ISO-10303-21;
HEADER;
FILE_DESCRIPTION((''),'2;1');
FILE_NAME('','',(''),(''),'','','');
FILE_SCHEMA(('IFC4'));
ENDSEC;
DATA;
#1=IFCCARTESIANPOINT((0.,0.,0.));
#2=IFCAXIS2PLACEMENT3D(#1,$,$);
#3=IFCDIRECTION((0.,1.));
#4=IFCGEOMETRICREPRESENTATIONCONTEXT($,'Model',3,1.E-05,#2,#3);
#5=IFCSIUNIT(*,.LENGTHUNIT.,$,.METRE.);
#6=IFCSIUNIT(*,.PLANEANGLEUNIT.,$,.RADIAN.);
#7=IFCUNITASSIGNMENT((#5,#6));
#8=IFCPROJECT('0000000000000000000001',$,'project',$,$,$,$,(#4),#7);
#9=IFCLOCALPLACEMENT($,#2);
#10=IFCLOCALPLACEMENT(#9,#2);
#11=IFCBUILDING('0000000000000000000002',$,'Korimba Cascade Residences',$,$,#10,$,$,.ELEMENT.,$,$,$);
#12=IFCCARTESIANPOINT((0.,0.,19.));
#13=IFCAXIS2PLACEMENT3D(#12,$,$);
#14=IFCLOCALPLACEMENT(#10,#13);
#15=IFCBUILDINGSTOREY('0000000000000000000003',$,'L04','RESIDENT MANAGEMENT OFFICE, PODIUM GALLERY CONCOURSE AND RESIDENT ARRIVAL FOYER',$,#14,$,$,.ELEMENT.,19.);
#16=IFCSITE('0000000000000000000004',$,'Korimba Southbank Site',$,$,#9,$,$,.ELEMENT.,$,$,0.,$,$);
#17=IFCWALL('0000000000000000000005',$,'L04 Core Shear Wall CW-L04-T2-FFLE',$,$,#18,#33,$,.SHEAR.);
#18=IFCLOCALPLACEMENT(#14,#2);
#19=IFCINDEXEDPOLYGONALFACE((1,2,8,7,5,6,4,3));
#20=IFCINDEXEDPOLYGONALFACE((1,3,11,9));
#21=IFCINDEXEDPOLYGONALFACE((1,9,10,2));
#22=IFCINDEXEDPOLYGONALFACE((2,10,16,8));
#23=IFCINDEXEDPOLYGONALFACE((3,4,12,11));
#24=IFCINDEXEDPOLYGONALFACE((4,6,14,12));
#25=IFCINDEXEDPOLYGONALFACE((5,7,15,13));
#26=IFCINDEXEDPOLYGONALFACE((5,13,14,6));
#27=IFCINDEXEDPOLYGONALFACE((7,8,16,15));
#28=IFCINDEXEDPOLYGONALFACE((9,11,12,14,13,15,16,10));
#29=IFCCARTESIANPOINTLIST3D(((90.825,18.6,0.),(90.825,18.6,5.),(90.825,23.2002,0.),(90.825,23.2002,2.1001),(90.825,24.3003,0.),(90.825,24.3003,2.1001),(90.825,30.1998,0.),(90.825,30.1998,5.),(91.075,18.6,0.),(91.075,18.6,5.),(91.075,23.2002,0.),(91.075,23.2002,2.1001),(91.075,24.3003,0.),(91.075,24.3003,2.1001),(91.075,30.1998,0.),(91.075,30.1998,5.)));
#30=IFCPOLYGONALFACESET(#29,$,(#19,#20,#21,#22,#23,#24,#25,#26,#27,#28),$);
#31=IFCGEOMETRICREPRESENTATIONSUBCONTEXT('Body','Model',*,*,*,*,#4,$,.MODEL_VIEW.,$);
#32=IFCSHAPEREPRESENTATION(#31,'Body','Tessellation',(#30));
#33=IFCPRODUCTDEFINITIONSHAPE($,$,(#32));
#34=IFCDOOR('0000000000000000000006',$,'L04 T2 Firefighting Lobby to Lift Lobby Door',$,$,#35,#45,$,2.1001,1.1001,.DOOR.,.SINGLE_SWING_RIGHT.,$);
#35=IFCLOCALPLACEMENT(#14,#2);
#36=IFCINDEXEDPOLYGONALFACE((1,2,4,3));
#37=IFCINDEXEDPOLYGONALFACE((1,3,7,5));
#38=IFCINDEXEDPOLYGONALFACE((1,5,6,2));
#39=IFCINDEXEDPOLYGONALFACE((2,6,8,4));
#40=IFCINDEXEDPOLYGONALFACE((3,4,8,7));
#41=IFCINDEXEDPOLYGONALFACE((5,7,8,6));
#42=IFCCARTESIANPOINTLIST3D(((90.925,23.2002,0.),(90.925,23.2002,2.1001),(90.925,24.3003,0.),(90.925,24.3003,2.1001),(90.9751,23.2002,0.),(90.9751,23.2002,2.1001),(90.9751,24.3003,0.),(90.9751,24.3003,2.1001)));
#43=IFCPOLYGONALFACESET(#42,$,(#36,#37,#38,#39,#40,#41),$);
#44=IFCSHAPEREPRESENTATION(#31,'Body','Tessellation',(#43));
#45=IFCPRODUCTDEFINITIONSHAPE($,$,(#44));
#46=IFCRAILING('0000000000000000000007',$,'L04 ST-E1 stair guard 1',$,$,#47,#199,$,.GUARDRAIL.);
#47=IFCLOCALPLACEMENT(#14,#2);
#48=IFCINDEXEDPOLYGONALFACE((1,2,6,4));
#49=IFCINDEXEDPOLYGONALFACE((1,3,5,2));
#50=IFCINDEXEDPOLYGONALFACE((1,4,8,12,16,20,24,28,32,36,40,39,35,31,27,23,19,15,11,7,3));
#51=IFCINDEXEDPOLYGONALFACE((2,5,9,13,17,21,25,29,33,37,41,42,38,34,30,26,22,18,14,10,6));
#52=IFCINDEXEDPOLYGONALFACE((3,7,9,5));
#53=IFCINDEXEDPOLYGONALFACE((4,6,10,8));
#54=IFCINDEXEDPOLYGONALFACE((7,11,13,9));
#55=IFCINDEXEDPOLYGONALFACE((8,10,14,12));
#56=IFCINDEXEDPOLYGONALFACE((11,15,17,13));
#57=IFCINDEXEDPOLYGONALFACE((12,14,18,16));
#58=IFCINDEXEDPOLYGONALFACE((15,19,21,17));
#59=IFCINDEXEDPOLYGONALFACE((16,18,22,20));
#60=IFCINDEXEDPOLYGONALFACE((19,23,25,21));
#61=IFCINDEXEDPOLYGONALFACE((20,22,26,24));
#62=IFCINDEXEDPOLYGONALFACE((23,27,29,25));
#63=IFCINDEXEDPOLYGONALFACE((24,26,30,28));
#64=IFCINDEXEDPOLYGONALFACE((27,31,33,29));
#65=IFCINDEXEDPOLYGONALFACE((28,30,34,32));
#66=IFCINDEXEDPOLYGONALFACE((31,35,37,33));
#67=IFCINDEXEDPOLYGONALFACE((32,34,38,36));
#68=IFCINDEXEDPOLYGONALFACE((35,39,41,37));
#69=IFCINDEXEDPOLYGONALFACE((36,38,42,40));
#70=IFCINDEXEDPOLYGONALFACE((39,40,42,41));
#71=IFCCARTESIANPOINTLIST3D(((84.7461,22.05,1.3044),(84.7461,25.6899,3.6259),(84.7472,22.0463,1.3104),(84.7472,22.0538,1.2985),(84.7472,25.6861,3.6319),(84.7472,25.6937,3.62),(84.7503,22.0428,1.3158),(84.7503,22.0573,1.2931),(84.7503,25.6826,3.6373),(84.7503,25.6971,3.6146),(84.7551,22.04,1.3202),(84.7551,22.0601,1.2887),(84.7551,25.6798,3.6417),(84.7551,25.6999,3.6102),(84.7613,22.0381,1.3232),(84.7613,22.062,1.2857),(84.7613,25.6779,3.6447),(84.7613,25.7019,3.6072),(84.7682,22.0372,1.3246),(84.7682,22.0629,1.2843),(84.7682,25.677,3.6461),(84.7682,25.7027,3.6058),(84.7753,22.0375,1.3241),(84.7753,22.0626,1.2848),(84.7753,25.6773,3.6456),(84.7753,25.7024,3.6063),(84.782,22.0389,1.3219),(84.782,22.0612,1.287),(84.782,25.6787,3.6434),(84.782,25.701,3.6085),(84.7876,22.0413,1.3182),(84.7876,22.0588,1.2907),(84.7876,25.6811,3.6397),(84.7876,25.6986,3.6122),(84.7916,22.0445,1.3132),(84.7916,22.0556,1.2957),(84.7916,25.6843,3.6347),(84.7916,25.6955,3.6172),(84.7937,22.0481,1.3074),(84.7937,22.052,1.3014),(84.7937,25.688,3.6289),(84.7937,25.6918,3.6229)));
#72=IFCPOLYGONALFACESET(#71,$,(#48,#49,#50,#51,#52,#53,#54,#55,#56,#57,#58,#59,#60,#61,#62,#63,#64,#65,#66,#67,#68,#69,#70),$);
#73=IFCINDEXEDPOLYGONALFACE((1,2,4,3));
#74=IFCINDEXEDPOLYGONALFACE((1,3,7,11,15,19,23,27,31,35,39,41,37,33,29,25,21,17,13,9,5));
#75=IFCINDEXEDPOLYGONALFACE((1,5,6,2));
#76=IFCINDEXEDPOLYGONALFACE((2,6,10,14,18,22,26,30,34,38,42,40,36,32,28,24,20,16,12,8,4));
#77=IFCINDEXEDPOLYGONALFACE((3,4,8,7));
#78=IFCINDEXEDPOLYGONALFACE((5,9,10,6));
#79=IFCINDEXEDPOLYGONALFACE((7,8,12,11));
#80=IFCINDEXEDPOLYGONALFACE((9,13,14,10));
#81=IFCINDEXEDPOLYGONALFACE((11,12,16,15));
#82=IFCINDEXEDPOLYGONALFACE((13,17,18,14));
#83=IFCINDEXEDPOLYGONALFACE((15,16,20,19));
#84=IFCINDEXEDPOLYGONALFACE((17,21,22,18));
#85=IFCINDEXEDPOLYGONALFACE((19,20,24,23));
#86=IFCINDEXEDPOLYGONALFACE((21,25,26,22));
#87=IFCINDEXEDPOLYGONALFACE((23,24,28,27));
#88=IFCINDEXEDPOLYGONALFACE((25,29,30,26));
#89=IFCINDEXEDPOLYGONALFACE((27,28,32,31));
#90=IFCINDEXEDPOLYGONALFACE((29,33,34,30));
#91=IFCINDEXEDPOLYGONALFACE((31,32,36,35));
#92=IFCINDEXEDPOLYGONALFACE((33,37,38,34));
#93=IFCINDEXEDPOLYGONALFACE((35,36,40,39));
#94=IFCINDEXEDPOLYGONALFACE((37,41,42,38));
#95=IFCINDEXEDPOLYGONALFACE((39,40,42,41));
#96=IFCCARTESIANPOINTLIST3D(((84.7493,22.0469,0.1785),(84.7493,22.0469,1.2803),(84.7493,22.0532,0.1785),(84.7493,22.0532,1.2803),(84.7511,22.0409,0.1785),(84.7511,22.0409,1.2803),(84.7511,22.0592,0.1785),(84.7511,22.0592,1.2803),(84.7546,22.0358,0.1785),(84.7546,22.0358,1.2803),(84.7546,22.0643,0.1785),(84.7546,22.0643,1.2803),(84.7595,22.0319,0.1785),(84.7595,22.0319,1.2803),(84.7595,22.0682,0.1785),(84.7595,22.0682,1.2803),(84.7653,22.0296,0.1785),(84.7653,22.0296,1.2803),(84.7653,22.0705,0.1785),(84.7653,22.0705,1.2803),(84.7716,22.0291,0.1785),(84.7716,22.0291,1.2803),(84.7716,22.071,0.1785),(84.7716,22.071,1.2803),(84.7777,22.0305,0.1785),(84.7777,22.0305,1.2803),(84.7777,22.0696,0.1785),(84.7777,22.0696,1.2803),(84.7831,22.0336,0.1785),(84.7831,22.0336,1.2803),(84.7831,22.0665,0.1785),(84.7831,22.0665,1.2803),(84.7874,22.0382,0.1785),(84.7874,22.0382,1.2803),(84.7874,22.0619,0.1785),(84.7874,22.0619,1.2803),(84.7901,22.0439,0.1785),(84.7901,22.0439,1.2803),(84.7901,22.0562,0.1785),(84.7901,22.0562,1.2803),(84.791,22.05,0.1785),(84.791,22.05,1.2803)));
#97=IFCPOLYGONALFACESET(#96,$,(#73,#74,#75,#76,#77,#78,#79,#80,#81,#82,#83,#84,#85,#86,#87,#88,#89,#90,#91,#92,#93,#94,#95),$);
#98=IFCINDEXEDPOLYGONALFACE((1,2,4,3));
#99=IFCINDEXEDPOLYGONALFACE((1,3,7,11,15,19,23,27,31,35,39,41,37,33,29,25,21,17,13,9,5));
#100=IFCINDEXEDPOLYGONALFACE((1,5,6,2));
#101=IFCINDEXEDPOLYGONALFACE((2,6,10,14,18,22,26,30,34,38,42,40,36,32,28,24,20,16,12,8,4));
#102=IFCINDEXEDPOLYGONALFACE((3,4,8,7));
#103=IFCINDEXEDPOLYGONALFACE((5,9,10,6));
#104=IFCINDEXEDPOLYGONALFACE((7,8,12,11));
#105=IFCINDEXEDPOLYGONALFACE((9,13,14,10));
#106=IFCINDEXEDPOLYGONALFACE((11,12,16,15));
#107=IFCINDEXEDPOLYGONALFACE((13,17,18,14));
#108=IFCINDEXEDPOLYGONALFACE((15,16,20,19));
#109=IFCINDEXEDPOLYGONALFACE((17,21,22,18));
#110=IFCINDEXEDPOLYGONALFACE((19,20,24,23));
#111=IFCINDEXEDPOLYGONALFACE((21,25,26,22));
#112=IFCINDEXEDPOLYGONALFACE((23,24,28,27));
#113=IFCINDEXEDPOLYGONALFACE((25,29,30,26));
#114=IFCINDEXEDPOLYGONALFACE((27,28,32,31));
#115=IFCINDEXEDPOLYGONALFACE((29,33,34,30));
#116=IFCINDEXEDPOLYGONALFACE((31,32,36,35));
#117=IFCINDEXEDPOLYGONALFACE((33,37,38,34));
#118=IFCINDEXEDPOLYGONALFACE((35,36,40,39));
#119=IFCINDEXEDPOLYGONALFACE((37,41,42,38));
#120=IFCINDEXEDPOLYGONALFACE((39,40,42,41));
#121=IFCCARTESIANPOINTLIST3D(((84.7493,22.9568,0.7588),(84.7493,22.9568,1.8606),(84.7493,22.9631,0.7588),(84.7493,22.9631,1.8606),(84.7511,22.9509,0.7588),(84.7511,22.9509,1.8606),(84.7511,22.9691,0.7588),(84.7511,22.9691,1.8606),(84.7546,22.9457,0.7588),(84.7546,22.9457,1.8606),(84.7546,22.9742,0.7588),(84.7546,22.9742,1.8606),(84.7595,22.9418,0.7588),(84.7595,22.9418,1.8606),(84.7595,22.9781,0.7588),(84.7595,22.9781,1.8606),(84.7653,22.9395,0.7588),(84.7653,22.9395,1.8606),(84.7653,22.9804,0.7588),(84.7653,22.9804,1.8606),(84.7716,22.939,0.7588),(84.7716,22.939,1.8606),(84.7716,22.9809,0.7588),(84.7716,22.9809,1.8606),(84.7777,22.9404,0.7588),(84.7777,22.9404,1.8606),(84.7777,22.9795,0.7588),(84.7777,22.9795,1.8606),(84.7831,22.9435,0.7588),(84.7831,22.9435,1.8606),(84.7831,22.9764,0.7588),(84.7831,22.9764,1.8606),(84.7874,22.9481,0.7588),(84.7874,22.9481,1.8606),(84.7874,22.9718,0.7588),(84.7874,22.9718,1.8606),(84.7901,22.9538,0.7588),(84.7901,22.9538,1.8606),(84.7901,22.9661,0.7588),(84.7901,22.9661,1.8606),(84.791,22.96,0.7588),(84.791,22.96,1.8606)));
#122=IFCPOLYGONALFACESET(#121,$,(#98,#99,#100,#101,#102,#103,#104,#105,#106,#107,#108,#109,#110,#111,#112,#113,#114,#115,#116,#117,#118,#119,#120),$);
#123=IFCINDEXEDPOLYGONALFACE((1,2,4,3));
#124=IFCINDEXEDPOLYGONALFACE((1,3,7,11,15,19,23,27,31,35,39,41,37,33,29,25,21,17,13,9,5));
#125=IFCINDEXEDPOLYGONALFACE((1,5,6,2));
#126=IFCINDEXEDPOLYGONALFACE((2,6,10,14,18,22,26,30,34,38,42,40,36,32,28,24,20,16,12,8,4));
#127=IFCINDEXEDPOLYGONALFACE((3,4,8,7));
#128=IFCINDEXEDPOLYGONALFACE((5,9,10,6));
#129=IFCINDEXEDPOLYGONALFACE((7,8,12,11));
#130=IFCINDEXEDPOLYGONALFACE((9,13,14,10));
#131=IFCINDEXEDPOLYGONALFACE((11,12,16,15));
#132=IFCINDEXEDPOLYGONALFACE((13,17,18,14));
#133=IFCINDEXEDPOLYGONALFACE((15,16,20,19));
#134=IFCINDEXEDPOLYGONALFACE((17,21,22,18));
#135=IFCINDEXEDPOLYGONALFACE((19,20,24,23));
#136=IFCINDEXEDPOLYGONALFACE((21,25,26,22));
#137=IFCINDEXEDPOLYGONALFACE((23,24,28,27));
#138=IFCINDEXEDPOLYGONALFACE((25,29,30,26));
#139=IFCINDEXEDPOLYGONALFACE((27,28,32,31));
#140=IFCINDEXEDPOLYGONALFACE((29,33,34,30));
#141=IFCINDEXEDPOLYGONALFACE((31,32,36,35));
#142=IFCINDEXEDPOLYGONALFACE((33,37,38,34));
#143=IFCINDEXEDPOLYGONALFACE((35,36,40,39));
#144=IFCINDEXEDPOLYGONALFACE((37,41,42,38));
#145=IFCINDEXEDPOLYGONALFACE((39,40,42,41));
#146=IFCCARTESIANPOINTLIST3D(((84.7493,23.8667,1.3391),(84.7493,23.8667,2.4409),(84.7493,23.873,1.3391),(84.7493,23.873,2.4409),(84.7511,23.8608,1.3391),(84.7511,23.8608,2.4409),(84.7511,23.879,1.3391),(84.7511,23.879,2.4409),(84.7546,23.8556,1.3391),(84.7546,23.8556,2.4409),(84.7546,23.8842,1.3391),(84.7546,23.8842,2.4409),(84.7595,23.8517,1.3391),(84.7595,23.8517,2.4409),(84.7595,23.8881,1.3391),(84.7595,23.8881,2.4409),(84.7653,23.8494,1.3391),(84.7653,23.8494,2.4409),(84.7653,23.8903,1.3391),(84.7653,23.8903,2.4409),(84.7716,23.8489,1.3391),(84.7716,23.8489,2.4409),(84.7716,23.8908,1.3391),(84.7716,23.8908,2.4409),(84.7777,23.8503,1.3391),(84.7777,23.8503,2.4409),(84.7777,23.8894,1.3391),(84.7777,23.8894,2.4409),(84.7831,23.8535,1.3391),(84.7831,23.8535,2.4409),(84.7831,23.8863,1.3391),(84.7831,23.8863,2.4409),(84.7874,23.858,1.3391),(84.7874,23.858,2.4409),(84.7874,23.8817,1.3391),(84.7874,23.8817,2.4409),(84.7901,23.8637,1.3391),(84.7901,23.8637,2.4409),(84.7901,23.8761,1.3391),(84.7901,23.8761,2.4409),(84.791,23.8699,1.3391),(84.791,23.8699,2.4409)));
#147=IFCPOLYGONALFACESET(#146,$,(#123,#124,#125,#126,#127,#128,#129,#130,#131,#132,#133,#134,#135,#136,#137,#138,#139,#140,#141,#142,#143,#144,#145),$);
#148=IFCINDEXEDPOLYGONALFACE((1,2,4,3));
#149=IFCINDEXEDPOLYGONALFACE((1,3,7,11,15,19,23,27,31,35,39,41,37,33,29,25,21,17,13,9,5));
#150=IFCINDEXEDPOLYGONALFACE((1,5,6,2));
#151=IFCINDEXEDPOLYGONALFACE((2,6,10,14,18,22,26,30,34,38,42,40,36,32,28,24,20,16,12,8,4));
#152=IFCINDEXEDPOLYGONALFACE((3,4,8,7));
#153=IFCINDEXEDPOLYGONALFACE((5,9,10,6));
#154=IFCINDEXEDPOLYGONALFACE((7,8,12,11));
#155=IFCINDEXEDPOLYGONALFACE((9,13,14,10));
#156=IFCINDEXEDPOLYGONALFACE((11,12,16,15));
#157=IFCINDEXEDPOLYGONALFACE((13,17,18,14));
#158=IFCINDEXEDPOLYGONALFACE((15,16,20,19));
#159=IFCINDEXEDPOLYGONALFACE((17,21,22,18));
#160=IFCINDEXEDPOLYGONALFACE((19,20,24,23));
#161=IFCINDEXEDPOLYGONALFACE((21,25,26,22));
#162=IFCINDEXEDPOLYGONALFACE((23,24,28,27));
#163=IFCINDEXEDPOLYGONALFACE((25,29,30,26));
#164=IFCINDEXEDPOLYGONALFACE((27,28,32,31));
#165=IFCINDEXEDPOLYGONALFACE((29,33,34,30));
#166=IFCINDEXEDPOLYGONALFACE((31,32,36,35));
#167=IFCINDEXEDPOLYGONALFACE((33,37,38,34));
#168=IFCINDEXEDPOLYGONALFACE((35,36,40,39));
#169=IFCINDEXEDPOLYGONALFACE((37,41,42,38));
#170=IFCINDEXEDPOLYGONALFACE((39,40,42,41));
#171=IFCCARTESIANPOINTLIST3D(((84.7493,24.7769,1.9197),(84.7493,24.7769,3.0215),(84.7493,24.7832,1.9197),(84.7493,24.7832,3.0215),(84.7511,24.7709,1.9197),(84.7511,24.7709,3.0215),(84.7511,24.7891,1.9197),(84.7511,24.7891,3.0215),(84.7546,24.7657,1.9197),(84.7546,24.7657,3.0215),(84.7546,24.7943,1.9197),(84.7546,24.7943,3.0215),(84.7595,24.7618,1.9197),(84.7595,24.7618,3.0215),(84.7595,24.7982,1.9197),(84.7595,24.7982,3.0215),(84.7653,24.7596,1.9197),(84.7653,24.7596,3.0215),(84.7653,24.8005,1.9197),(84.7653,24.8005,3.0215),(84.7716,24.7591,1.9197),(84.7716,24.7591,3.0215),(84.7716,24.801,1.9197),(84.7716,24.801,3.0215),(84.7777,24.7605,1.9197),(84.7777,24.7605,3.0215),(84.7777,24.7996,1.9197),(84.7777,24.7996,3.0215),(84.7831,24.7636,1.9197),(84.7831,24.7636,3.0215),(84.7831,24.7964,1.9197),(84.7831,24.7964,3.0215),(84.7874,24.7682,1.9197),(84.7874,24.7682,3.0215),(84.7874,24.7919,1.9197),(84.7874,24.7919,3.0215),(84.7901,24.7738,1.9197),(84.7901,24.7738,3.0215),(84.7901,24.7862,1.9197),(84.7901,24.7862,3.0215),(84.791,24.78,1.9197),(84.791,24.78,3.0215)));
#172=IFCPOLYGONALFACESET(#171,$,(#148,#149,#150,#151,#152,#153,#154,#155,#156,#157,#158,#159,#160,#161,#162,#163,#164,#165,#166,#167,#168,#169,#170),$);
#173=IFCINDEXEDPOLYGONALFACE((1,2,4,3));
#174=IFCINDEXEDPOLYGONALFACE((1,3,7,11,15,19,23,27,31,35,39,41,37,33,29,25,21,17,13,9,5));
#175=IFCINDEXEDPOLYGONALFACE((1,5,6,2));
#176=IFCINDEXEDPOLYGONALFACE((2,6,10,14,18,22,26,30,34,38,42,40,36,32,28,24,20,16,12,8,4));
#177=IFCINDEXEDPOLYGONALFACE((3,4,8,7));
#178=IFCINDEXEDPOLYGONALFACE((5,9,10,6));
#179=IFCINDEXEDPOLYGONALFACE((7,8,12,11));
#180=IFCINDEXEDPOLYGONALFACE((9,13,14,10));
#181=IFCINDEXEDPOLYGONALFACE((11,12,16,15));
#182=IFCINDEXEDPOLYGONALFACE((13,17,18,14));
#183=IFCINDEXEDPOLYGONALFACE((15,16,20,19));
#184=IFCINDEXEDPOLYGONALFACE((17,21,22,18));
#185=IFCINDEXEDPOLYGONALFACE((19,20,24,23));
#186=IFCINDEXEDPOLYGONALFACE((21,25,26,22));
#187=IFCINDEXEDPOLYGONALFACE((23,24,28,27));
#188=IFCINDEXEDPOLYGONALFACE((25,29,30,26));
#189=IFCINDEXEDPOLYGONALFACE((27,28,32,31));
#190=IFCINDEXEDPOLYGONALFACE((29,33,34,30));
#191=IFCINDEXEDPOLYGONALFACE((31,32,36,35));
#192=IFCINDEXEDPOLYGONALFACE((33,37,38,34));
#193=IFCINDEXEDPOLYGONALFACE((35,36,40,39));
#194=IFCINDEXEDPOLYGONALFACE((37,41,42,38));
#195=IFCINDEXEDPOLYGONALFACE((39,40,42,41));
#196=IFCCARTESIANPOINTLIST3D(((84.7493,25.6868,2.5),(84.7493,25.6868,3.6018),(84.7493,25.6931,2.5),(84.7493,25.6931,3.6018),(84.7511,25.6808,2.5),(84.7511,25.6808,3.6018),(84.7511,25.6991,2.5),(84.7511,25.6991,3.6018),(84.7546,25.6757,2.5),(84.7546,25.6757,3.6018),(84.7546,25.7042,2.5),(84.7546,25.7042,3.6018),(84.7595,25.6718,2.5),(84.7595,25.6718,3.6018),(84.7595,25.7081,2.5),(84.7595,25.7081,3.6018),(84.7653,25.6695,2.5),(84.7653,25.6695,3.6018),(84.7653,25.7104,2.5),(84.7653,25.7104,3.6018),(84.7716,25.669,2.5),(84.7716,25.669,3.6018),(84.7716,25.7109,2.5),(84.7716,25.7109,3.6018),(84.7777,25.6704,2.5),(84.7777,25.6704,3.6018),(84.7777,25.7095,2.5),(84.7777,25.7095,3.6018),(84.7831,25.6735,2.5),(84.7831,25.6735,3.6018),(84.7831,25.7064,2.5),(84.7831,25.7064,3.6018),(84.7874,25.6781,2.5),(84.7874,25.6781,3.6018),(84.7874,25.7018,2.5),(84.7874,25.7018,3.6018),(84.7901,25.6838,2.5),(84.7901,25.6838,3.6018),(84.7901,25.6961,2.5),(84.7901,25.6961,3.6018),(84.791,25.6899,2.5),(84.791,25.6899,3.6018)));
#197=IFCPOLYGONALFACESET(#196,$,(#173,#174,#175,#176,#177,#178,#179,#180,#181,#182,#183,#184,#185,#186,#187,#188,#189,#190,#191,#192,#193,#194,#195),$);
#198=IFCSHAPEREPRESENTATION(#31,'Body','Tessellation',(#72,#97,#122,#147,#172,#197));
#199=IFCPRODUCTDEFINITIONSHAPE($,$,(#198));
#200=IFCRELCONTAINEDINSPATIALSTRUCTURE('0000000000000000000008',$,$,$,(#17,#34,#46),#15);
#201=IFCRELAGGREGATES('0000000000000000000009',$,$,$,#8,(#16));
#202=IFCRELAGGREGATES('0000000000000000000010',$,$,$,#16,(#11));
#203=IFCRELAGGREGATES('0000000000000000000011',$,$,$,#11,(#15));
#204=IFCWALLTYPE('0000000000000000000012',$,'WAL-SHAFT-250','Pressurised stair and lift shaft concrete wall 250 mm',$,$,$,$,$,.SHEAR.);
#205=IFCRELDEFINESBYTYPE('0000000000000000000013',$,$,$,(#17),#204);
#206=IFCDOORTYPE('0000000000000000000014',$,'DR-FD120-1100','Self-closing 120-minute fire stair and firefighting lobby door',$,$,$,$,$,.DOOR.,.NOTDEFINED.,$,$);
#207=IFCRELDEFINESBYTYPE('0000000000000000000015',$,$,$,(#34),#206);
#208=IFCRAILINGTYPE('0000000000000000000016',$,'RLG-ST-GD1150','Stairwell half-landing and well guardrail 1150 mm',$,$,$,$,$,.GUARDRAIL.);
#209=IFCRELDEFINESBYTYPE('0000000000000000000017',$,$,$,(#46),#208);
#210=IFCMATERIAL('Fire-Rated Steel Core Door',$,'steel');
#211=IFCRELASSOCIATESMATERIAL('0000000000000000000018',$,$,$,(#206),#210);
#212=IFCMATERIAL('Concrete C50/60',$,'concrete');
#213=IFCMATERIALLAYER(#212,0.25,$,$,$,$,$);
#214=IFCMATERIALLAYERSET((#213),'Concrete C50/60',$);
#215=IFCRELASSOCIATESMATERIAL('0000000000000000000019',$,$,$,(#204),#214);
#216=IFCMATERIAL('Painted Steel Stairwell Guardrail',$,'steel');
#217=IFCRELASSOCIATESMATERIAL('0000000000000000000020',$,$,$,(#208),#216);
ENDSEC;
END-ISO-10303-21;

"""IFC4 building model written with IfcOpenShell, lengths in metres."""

from ifc_helpers import new_model, si_unit, direction, frame, frame_2d, origin, origin_2d, place, context, subcontext, project, spatial, rectangle, circle, extrude, material, layer, layer_set, type_object, element, fill, save


model = new_model("IFC4")

# Units and contexts
model_context = context("Model", 3, precision=1e-05, world=origin(), true_north=direction((0.0, 1.0)))
body_context = subcontext(model_context, "Body", "Model", "MODEL_VIEW")
ifc_project = project(units=[si_unit("LENGTHUNIT", "METRE"), si_unit("PLANEANGLEUNIT", "RADIAN")], contexts=[model_context])

# Site, building, storey
site_placement = place(None, origin())
site = spatial("IfcSite", under=ifc_project, at=site_placement, Name="Korimba Southbank Site", CompositionType="ELEMENT", RefElevation=0.0)
building_placement = place(site_placement, origin())
building = spatial("IfcBuilding", under=site, at=building_placement, Name="Korimba Cascade Residences", CompositionType="ELEMENT")
storey_placement = place(building_placement, frame((0.0, 0.0, 19.0)))
storey = spatial("IfcBuildingStorey", under=building, at=storey_placement, Name="L04", Description="RESIDENT MANAGEMENT OFFICE, PODIUM GALLERY CONCOURSE AND RESIDENT ARRIVAL FOYER", CompositionType="ELEMENT", Elevation=19.0)

# Shared definitions
ifc_material_1 = material(Name="Fire-Rated Steel Core Door", Category="steel")
door_type_1 = type_object("IfcDoorType", Name="DR-FD120-1100", Description="Self-closing 120-minute fire stair and firefighting lobby door", OperationType="NOTDEFINED", PredefinedType="DOOR", material=ifc_material_1)

# Shared definitions
ifc_material_2 = material(Name="Concrete C50/60", Category="concrete")
ifc_layer_1 = layer(ifc_material_2, 0.25)
ifc_layer_set_1 = layer_set([ifc_layer_1], Name="Concrete C50/60")
wall_type_1 = type_object("IfcWallType", Name="WAL-SHAFT-250", Description="Pressurised stair and lift shaft concrete wall 250 mm", PredefinedType="SHEAR", material=ifc_layer_set_1)

# Wall, opening, door
wall_1_placement = place(storey_placement, frame((90.95, 18.6001, 0.0), z_axis=(0.0, 0.0, 1.0), x_axis=(0.0, 1.0, 0.0)))
wall_1 = element("IfcWall", 1, at=wall_1_placement, inside=storey, type_object=wall_type_1, Name="L04 Core Shear Wall CW-L04-T2-FFLE", PredefinedType="SHEAR", context=body_context, shape_type="SweptSolid", body=[
    extrude(rectangle(XDim=11.5999, YDim=0.25, at=frame_2d((5.7998, 0.0))), origin(), (0.0, 0.0, 1.0), 5.0),
])
opening_1_placement = place(wall_1_placement, frame((4.6001, 0.0, 0.0)))
opening_1 = element("IfcOpeningElement", 2, at=opening_1_placement, cuts=wall_1, PredefinedType="OPENING", context=body_context, shape_type="SweptSolid", body=[
    extrude(rectangle(XDim=1.1001, YDim=2.1001, at=frame_2d((0.55, 1.05))), frame((0.0, 0.135, 0.0), z_axis=(0.0, -1.0, 0.0), x_axis=(1.0, 0.0, 0.0)), (0.0, 0.0, 1.0), 0.27),
])
door_1_placement = place(opening_1_placement, origin())
door_1 = element("IfcDoor", 3, at=door_1_placement, inside=storey, type_object=door_type_1, Name="L04 T2 Firefighting Lobby to Lift Lobby Door", OperationType="SINGLE_SWING_RIGHT", OverallHeight=2.1001, OverallWidth=1.1001, PredefinedType="DOOR", context=body_context, shape_type="SweptSolid", body=[
    extrude(rectangle(XDim=1.1001, YDim=2.1001, at=frame_2d((0.55, 1.05))), frame((0.0, 0.0249, 0.0), z_axis=(0.0, -1.0, 0.0), x_axis=(1.0, 0.0, 0.0)), (0.0, 0.0, 1.0), 0.05),
])
fill(opening_1, door_1)

# Railing
ifc_material_3 = material(Name="Painted Steel Stairwell Guardrail", Category="steel")
railing_type = type_object("IfcRailingType", Name="RLG-ST-GD1150", Description="Stairwell half-landing and well guardrail 1150 mm", PredefinedType="GUARDRAIL", material=ifc_material_3)
railing_placement = place(storey_placement, frame((84.77, 22.05, 0.1785)))
element("IfcRailing", 4, at=railing_placement, inside=storey, type_object=railing_type, Name="L04 ST-E1 stair guard 1", PredefinedType="GUARDRAIL", context=body_context, shape_type="SweptSolid", body=[
    extrude(circle(Radius=0.0239, at=origin_2d()), frame((0.0, 0.0, 1.126), z_axis=(0.0, 0.843112, 0.537739), x_axis=(-1.0, 0.0, 0.0)), (0.0, 0.0, 1.0), 4.3171),
    extrude(circle(Radius=0.021, at=origin_2d()), origin(), (0.0, 0.0, 1.0), 1.1018),
    extrude(circle(Radius=0.021, at=origin_2d()), frame((0.0, 0.9099, 0.5803)), (0.0, 0.0, 1.0), 1.1018),
    extrude(circle(Radius=0.021, at=origin_2d()), frame((0.0, 1.8198, 1.1606)), (0.0, 0.0, 1.0), 1.1018),
    extrude(circle(Radius=0.021, at=origin_2d()), frame((0.0, 2.73, 1.7412)), (0.0, 0.0, 1.0), 1.1018),
    extrude(circle(Radius=0.021, at=origin_2d()), frame((0.0, 3.6399, 2.3215)), (0.0, 0.0, 1.0), 1.1018),
])

save(model, "model.ifc")
